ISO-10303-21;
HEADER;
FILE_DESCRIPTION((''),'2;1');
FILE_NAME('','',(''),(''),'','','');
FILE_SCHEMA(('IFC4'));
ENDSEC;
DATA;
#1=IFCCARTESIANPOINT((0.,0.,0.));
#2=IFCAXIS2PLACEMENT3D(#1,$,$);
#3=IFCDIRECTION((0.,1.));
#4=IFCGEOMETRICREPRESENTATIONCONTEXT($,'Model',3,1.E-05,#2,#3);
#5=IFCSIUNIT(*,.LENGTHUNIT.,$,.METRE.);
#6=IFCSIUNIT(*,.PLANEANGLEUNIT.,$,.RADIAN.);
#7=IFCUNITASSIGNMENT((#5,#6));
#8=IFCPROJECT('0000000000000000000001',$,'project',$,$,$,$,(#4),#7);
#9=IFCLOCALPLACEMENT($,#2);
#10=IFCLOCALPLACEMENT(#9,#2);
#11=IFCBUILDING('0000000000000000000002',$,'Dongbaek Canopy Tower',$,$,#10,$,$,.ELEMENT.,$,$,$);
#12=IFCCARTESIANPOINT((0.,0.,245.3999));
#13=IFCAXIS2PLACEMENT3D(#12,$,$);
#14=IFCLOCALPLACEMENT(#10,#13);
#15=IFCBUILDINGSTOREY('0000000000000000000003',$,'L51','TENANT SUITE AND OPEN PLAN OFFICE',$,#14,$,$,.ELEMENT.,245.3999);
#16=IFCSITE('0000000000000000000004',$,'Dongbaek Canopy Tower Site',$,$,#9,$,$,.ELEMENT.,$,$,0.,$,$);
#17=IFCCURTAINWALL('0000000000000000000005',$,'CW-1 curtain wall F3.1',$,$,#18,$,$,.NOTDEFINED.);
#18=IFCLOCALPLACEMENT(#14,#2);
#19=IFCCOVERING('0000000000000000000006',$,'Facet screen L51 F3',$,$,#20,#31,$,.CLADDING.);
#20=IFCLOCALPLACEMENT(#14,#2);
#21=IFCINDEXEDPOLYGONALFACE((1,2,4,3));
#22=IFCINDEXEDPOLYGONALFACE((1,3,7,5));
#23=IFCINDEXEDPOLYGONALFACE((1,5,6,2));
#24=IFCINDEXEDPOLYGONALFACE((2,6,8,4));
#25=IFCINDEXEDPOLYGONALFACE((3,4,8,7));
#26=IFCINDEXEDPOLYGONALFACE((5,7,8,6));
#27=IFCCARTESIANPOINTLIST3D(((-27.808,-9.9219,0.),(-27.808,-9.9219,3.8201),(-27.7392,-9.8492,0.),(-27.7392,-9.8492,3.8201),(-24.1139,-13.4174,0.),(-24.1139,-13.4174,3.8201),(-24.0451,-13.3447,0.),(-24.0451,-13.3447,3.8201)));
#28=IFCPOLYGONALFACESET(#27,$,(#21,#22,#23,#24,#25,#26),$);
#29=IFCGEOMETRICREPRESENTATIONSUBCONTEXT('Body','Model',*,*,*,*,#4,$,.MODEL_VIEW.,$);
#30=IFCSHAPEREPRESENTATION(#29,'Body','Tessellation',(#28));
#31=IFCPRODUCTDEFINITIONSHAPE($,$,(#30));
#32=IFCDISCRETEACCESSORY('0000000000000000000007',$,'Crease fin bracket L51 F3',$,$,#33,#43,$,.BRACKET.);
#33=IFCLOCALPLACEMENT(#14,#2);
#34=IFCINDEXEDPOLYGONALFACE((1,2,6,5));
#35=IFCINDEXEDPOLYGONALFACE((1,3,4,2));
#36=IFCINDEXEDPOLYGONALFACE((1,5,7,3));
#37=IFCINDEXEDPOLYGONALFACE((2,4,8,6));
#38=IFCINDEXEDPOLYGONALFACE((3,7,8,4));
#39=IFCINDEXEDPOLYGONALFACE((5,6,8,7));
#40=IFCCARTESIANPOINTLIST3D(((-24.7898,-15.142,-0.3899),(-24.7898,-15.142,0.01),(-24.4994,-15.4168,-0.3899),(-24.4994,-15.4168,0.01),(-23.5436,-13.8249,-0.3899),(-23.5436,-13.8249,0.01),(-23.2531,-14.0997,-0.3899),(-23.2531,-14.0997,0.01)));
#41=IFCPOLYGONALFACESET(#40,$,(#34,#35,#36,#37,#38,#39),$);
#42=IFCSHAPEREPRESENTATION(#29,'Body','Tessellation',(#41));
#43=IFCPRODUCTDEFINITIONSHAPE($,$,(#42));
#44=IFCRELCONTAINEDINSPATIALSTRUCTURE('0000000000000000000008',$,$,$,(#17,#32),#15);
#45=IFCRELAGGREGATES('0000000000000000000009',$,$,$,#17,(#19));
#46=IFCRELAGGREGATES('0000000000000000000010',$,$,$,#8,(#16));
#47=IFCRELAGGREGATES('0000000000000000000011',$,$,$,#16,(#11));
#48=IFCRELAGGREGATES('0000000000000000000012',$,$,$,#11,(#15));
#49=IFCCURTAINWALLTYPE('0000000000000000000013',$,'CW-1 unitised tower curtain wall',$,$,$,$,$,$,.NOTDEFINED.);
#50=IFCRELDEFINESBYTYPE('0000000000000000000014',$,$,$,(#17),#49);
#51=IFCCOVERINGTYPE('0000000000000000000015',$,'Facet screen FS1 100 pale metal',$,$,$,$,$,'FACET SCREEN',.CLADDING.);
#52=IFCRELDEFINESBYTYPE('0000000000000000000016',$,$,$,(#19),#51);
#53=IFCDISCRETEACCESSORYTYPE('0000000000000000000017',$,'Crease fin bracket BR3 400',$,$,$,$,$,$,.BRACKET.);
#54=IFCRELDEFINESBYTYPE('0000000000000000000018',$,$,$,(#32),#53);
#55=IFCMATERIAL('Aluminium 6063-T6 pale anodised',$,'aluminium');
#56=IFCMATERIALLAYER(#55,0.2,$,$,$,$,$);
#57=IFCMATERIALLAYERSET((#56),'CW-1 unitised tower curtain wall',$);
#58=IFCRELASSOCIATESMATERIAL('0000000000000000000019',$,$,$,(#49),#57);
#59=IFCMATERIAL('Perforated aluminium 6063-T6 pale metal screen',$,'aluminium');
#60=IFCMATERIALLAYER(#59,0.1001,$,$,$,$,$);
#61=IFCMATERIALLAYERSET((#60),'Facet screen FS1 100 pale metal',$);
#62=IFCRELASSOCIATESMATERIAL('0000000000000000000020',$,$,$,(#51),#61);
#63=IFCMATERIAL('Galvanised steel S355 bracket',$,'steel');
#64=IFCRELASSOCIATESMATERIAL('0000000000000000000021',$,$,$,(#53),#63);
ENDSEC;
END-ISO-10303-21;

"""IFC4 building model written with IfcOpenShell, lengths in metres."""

from ifc_helpers import new_model, si_unit, direction, frame, origin, origin_2d, place, context, subcontext, project, spatial, rectangle, extrude, material, layer, layer_set, type_object, element, aggregate, save


model = new_model("IFC4")

# Units and contexts
model_context = context("Model", 3, precision=1e-05, world=origin(), true_north=direction((0.0, 1.0)))
body_context = subcontext(model_context, "Body", "Model", "MODEL_VIEW")
ifc_project = project(units=[si_unit("LENGTHUNIT", "METRE"), si_unit("PLANEANGLEUNIT", "RADIAN")], contexts=[model_context])

# Site, building, storey
site_placement = place(None, origin())
site = spatial("IfcSite", under=ifc_project, at=site_placement, Name="Dongbaek Canopy Tower Site", CompositionType="ELEMENT", RefElevation=0.0)
building_placement = place(site_placement, origin())
building = spatial("IfcBuilding", under=site, at=building_placement, Name="Dongbaek Canopy Tower", CompositionType="ELEMENT")
storey_placement = place(building_placement, frame((0.0, 0.0, 245.3999)))
storey = spatial("IfcBuildingStorey", under=building, at=storey_placement, Name="L51", Description="TENANT SUITE AND OPEN PLAN OFFICE", CompositionType="ELEMENT", Elevation=245.3999)

# Curtain wall
ifc_material_1 = material(Name="Aluminium 6063-T6 pale anodised", Category="aluminium")
ifc_layer_1 = layer(ifc_material_1, 0.2)
ifc_layer_set_1 = layer_set([ifc_layer_1], Name="CW-1 unitised tower curtain wall")
curtain_wall_type = type_object("IfcCurtainWallType", Name="CW-1 unitised tower curtain wall", PredefinedType="NOTDEFINED", material=ifc_layer_set_1)
curtain_wall_placement = place(storey_placement, origin())
curtain_wall = element("IfcCurtainWall", 1, at=curtain_wall_placement, inside=storey, type_object=curtain_wall_type, Name="CW-1 curtain wall F3.1", PredefinedType="NOTDEFINED")

# Covering
ifc_material_2 = material(Name="Perforated aluminium 6063-T6 pale metal screen", Category="aluminium")
ifc_layer_2 = layer(ifc_material_2, 0.1001)
ifc_layer_set_2 = layer_set([ifc_layer_2], Name="Facet screen FS1 100 pale metal")
covering_type = type_object("IfcCoveringType", Name="Facet screen FS1 100 pale metal", ElementType="FACET SCREEN", PredefinedType="CLADDING", material=ifc_layer_set_2)
covering_placement = place(storey_placement, frame((-25.9265, -11.6333, 0.0), z_axis=(0.0, 0.0, 1.0), x_axis=(0.72637, -0.687304, 0.0)))
covering = element("IfcCovering", 2, at=covering_placement, type_object=covering_type, Name="Facet screen L51 F3", PredefinedType="CLADDING", context=body_context, shape_type="SweptSolid", body=[
    extrude(rectangle(XDim=5.0857, YDim=0.1001, at=origin_2d()), origin(), (0.0, 0.0, 1.0), 3.8201),
])
aggregate(curtain_wall, [covering])

# Discrete accessory
ifc_material_3 = material(Name="Galvanised steel S355 bracket", Category="steel")
discrete_accessory_type = type_object("IfcDiscreteAccessoryType", Name="Crease fin bracket BR3 400", PredefinedType="BRACKET", material=ifc_material_3)
discrete_accessory_placement = place(storey_placement, frame((-24.0215, -14.6208, -0.3899), z_axis=(0.0, 0.0, 1.0), x_axis=(-0.687304, -0.72637, 0.0)))
element("IfcDiscreteAccessory", 3, at=discrete_accessory_placement, inside=storey, type_object=discrete_accessory_type, Name="Crease fin bracket L51 F3", PredefinedType="BRACKET", context=body_context, shape_type="SweptSolid", body=[
    extrude(rectangle(XDim=1.8132, YDim=0.3999, at=origin_2d()), origin(), (0.0, 0.0, 1.0), 0.3999),
])

save(model, "model.ifc")
